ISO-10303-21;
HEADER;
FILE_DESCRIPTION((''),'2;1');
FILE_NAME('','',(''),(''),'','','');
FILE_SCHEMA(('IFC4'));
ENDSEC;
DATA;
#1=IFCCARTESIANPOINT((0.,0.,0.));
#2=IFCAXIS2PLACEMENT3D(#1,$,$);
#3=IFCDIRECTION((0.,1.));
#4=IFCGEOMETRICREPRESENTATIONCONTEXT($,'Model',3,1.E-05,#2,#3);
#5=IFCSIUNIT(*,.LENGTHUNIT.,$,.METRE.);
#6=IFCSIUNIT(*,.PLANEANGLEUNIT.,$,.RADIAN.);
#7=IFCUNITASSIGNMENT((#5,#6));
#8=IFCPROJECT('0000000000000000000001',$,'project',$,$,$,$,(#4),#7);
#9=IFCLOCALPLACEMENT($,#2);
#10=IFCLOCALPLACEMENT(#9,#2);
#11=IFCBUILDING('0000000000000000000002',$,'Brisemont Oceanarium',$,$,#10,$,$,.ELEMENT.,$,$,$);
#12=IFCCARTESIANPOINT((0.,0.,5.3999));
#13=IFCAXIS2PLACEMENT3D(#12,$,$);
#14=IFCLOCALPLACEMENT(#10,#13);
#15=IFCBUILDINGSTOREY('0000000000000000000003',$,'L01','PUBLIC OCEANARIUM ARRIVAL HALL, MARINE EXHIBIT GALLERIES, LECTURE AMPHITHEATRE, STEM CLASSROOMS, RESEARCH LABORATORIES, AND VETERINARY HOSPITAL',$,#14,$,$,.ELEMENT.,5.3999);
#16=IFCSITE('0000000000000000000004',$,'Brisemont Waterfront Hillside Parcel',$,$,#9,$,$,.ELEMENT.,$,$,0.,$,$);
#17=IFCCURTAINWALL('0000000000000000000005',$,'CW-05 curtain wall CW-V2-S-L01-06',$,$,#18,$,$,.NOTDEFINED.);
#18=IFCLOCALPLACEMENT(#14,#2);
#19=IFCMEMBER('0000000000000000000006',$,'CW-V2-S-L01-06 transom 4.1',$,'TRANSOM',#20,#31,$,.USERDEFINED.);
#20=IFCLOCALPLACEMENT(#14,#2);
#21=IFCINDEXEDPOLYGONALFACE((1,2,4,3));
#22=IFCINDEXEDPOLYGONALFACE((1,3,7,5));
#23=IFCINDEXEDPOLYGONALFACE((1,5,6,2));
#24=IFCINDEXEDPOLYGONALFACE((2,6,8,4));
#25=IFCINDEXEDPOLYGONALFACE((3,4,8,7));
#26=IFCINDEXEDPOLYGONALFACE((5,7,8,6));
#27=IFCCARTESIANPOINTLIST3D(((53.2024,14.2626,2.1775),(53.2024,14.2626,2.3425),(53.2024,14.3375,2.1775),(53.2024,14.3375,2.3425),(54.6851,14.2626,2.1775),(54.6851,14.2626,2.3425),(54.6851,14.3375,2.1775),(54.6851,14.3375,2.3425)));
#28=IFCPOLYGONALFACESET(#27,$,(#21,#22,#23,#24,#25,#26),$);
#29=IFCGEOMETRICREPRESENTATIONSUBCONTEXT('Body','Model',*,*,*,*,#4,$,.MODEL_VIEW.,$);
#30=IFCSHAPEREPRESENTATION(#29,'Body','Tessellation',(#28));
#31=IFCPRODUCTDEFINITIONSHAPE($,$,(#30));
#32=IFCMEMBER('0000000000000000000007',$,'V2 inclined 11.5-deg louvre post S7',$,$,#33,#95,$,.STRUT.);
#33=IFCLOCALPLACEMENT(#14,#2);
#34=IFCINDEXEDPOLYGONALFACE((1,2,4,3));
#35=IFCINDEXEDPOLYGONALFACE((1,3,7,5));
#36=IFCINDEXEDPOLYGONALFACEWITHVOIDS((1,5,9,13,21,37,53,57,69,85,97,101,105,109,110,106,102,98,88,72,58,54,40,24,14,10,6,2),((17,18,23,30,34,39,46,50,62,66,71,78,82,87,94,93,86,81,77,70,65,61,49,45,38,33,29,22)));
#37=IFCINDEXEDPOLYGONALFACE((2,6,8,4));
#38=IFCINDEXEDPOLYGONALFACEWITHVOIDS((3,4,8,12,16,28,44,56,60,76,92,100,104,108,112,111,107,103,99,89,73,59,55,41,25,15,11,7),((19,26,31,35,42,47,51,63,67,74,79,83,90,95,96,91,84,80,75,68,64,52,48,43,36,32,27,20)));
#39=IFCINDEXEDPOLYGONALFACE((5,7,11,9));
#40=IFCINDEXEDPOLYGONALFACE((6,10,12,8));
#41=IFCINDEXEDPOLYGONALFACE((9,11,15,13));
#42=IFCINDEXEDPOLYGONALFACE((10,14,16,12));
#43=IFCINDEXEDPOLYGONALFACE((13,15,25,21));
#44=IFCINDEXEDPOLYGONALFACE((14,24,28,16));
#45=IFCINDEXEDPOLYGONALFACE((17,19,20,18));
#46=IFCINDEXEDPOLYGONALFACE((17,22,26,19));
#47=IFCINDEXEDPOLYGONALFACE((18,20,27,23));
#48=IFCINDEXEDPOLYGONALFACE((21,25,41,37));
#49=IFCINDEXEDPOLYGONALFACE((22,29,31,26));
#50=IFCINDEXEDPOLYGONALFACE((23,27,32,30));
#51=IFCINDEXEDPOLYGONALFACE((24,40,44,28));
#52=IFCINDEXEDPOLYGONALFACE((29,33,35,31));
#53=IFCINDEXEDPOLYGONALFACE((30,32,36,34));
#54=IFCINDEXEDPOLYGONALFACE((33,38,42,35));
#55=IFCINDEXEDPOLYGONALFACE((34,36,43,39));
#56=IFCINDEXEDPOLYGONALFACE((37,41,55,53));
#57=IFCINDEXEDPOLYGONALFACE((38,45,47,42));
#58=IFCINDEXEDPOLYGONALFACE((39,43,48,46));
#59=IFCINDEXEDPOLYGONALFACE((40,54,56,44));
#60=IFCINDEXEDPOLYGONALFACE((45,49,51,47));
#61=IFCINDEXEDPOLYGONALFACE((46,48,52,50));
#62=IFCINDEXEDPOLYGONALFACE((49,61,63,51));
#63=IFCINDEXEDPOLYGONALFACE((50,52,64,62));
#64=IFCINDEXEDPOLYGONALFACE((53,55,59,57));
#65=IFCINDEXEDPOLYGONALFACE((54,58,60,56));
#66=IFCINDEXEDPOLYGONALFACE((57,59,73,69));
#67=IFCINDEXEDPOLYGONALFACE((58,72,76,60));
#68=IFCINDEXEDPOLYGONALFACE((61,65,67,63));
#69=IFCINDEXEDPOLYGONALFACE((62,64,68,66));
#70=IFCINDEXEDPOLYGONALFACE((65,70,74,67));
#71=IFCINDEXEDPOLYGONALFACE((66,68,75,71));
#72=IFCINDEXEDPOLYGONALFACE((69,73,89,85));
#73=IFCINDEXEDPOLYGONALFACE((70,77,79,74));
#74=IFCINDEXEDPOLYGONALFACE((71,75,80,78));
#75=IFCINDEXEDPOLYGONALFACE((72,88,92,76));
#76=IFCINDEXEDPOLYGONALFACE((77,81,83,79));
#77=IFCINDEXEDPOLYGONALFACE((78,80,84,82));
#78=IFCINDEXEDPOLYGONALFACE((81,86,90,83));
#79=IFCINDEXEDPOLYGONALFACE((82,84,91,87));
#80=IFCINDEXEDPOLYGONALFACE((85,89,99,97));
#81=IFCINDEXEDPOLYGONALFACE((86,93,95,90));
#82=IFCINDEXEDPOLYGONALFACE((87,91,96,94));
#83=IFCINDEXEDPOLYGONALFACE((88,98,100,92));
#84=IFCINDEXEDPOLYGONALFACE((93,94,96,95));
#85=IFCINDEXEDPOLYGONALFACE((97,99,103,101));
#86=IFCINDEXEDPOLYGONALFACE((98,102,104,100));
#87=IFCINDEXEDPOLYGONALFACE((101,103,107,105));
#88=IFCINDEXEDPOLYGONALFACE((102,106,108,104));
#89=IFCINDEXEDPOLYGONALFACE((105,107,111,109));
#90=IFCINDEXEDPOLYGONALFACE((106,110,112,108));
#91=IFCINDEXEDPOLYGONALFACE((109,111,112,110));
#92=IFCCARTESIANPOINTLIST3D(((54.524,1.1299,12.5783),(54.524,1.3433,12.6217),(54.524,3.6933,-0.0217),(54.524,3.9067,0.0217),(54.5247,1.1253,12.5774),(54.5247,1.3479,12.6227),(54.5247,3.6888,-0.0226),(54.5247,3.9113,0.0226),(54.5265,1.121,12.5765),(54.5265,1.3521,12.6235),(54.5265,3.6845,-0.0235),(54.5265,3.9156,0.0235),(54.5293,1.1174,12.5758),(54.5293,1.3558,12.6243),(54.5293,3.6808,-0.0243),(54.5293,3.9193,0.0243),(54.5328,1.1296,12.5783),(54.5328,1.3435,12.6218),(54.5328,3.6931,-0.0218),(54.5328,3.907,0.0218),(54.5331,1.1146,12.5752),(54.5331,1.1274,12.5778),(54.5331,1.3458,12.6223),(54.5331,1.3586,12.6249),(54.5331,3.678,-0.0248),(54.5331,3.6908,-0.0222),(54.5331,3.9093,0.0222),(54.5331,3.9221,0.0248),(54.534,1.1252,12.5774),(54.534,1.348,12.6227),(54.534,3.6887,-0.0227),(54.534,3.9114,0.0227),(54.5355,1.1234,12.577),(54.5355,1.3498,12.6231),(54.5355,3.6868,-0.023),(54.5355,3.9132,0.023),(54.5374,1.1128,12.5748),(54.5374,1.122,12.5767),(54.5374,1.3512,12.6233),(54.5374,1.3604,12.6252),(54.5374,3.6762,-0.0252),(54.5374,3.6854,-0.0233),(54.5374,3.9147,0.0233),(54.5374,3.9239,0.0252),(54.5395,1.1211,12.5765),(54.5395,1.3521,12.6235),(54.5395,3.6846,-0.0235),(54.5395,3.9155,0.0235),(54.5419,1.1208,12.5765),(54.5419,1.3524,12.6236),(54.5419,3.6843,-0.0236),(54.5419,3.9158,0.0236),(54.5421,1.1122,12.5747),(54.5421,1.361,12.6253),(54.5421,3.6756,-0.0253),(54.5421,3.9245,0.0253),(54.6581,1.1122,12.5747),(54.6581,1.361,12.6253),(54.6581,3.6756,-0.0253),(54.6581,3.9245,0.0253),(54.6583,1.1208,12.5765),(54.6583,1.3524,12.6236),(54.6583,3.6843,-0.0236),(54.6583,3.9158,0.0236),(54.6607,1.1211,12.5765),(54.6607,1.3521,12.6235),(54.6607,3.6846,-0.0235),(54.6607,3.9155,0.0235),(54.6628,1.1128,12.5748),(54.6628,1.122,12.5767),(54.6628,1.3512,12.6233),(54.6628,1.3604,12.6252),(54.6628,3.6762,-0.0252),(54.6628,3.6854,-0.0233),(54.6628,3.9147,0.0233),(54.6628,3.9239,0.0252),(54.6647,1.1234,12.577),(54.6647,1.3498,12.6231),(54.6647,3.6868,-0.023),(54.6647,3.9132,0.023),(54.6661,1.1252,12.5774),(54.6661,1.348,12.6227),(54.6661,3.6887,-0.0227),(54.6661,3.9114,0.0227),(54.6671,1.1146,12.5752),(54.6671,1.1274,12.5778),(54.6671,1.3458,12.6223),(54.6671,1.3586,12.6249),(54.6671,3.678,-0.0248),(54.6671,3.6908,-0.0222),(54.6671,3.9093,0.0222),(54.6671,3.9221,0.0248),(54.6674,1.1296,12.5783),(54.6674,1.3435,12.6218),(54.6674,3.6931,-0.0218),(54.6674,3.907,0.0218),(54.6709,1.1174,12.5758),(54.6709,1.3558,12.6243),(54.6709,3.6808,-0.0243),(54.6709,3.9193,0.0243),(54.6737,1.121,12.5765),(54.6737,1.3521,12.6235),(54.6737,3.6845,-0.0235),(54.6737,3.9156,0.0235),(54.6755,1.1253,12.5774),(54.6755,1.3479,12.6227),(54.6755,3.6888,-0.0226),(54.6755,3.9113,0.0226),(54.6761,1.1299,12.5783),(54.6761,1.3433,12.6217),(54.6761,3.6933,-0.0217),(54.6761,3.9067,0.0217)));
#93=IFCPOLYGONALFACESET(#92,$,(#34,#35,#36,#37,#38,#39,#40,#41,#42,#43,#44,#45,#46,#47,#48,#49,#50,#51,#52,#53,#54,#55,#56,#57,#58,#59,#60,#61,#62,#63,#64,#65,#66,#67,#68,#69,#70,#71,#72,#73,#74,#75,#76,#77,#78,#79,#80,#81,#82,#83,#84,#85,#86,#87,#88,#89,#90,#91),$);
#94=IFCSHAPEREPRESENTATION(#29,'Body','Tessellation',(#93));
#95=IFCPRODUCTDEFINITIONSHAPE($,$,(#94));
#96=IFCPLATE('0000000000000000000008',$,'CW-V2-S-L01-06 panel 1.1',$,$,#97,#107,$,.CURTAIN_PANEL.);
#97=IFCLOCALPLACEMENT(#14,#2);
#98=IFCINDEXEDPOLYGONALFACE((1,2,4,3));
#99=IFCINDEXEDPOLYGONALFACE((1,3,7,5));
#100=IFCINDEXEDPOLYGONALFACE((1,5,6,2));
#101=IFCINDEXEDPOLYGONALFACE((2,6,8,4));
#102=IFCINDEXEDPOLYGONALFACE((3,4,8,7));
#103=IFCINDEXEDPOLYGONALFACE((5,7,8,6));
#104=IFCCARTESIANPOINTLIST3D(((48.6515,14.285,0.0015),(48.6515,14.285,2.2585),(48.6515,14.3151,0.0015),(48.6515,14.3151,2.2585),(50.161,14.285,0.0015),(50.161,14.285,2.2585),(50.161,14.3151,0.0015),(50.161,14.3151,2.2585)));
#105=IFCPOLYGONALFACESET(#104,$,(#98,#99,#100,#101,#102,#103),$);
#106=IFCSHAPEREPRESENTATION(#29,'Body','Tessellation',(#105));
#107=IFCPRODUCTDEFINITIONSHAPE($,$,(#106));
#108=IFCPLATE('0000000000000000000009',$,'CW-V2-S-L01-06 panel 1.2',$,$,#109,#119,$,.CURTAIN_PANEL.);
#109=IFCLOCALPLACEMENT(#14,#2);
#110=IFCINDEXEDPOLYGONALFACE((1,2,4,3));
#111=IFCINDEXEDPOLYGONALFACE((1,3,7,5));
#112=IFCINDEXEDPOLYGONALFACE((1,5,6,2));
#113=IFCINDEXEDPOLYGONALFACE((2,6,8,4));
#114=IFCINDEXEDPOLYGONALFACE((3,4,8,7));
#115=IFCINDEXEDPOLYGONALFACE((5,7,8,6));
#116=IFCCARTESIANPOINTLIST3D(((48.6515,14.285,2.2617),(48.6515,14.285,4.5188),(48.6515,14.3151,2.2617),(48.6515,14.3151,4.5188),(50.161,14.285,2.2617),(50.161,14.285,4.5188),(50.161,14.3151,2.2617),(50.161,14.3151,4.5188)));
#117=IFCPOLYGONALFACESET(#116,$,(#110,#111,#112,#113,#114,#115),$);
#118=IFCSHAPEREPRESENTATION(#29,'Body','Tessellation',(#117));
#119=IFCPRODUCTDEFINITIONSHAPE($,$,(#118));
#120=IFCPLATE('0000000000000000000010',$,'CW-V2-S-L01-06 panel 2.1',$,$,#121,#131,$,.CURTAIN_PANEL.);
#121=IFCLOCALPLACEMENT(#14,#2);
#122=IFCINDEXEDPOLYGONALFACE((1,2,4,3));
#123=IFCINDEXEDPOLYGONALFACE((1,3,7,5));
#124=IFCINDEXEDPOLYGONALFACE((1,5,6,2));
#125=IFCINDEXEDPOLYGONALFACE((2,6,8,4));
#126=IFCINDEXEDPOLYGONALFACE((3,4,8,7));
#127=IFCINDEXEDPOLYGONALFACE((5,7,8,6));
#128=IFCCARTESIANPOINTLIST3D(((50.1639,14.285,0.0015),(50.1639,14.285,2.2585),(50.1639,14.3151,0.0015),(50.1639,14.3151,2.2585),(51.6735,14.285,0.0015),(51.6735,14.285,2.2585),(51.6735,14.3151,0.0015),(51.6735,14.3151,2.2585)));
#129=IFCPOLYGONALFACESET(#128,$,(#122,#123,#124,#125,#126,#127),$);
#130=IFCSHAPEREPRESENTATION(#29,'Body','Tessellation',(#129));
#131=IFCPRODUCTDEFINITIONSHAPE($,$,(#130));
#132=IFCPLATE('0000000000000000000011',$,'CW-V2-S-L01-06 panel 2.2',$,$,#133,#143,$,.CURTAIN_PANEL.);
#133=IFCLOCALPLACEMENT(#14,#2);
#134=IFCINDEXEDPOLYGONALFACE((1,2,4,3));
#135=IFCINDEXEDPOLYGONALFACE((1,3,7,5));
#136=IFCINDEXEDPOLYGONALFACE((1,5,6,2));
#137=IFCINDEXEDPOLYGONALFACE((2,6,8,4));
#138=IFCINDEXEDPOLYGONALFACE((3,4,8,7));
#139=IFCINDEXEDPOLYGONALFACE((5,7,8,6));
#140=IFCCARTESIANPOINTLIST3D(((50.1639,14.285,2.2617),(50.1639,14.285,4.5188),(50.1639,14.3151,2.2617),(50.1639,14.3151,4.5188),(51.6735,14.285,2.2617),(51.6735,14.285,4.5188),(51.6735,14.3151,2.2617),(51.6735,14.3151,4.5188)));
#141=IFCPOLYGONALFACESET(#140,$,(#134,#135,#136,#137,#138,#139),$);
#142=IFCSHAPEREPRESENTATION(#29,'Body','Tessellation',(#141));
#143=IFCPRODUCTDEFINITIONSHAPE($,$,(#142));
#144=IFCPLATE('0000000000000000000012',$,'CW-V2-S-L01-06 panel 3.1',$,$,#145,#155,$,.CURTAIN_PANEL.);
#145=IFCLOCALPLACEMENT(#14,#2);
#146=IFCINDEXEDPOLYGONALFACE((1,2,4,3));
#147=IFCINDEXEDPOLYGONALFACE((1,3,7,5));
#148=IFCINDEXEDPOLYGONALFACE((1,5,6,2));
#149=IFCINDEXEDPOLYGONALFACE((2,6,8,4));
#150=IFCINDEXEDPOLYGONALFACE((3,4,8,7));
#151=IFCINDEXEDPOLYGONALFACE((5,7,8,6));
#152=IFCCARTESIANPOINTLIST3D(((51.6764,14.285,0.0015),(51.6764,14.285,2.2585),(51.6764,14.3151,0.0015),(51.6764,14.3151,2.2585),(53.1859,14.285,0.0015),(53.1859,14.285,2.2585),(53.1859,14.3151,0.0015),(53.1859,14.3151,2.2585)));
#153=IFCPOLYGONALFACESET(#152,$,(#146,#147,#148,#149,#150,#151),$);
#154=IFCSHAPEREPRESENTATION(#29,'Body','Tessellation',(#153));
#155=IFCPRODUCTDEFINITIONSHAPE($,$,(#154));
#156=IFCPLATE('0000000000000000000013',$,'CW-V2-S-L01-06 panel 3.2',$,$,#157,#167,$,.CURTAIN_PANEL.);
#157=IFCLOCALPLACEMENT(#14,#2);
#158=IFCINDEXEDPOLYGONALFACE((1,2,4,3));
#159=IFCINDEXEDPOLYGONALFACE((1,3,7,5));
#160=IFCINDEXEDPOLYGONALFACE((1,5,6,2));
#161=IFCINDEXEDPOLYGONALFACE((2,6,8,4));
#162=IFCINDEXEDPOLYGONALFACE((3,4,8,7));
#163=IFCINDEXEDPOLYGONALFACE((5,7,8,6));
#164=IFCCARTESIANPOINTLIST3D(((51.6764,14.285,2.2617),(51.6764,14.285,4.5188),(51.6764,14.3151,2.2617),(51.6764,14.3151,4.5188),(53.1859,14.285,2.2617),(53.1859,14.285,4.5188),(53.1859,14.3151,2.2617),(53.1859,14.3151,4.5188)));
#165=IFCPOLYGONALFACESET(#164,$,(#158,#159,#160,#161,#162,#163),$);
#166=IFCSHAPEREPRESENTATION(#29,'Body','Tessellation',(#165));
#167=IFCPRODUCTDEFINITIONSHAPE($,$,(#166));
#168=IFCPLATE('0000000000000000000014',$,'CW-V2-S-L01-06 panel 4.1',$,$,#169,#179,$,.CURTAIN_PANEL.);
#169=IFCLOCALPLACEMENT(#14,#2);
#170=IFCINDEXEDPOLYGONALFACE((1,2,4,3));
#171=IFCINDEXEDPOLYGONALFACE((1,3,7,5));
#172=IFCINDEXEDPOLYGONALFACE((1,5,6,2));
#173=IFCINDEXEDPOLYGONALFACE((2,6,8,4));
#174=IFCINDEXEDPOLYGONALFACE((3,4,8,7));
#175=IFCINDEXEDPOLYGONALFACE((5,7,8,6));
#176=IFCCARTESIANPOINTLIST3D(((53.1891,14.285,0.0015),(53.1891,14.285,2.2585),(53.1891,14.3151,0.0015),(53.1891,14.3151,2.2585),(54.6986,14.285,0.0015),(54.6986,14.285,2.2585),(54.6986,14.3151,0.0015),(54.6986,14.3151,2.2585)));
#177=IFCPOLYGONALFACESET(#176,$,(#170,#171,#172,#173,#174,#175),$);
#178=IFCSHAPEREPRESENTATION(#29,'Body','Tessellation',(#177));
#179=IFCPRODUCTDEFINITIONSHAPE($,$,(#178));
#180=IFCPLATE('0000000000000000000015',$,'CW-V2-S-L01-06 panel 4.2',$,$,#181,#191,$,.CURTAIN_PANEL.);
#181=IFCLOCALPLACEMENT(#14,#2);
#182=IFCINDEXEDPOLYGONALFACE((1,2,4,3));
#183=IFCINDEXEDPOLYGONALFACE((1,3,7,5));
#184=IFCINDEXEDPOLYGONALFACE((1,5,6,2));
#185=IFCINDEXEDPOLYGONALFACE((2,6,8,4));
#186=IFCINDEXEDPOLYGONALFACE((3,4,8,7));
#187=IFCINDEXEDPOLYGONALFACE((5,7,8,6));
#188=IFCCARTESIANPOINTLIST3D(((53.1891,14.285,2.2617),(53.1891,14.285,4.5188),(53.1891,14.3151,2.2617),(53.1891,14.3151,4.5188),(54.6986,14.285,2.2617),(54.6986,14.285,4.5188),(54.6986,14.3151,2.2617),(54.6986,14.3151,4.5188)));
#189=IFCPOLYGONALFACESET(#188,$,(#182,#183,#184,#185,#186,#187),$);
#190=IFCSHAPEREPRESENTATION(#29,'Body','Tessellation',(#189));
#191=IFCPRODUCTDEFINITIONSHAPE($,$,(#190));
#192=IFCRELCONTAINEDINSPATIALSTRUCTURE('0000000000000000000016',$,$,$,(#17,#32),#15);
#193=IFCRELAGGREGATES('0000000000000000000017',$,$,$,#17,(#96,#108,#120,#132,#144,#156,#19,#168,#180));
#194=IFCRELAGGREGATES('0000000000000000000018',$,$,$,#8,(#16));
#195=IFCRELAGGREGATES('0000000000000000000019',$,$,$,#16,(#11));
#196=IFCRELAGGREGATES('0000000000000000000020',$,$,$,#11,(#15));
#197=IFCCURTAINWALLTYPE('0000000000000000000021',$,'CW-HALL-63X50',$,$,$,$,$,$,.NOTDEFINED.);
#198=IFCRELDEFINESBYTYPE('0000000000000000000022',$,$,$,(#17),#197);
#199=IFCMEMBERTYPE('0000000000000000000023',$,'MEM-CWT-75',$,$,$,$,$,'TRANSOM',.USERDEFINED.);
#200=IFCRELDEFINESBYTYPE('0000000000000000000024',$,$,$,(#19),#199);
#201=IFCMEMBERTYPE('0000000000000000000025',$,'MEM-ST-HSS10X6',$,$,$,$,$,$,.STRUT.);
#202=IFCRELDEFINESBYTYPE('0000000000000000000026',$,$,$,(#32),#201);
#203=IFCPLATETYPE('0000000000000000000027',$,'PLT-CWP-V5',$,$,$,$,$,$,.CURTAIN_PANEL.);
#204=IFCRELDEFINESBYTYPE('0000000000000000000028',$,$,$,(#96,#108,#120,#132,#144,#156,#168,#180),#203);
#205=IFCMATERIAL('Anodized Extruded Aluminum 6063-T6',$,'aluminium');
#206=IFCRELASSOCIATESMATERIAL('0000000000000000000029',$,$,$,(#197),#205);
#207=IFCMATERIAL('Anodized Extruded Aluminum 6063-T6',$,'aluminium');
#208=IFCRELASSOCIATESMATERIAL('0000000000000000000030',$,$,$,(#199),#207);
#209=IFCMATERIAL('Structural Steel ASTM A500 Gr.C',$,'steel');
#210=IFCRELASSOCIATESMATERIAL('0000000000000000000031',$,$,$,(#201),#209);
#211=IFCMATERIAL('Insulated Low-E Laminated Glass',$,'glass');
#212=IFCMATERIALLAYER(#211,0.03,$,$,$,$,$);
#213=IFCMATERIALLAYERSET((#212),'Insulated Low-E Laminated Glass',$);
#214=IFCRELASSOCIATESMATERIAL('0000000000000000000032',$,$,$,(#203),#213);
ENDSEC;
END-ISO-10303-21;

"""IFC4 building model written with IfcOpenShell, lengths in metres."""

from ifc_helpers import new_model, si_unit, direction, frame, origin, origin_2d, place, context, subcontext, project, spatial, rectangle, hollow_rectangle, extrude, material, layer, layer_set, material_profile, profile_set, type_object, element, aggregate, save


model = new_model("IFC4")

# Units and contexts
model_context = context("Model", 3, precision=1e-05, world=origin(), true_north=direction((0.0, 1.0)))
body_context = subcontext(model_context, "Body", "Model", "MODEL_VIEW")
ifc_project = project(units=[si_unit("LENGTHUNIT", "METRE"), si_unit("PLANEANGLEUNIT", "RADIAN")], contexts=[model_context])

# Site, building, storey
site_placement = place(None, origin())
site = spatial("IfcSite", under=ifc_project, at=site_placement, Name="Brisemont Waterfront Hillside Parcel", CompositionType="ELEMENT", RefElevation=0.0)
building_placement = place(site_placement, origin())
building = spatial("IfcBuilding", under=site, at=building_placement, Name="Brisemont Oceanarium", CompositionType="ELEMENT")
storey_placement = place(building_placement, frame((0.0, 0.0, 5.3999)))
storey = spatial("IfcBuildingStorey", under=building, at=storey_placement, Name="L01", Description="PUBLIC OCEANARIUM ARRIVAL HALL, MARINE EXHIBIT GALLERIES, LECTURE AMPHITHEATRE, STEM CLASSROOMS, RESEARCH LABORATORIES, AND VETERINARY HOSPITAL", CompositionType="ELEMENT", Elevation=5.3999)

# Curtain wall, member
ifc_material_1 = material(Name="Anodized Extruded Aluminum 6063-T6", Category="aluminium")
curtain_wall_type = type_object("IfcCurtainWallType", Name="CW-HALL-63X50", PredefinedType="NOTDEFINED", material=ifc_material_1)
curtain_wall_placement = place(storey_placement, origin())
curtain_wall = element("IfcCurtainWall", 1, at=curtain_wall_placement, inside=storey, type_object=curtain_wall_type, Name="CW-05 curtain wall CW-V2-S-L01-06", PredefinedType="NOTDEFINED")
ifc_material_2 = material(Name="Anodized Extruded Aluminum 6063-T6", Category="aluminium")
ifc_material_profile_1 = material_profile(ifc_material_2, rectangle(XDim=0.075, YDim=0.165, at=origin_2d()), Name="CWT-75X165")
ifc_profile_set_1 = profile_set([ifc_material_profile_1], Name="Anodized Extruded Aluminum 6063-T6")
member_type_1 = type_object("IfcMemberType", Name="MEM-CWT-75", ElementType="TRANSOM", PredefinedType="USERDEFINED", material=ifc_profile_set_1)
member_1_placement = place(storey_placement, frame((53.2024, 14.3, 2.26), z_axis=(1.0, 0.0, 0.0), x_axis=(0.0, 1.0, 0.0)))
member_1 = element("IfcMember", 2, at=member_1_placement, type_object=member_type_1, Name="CW-V2-S-L01-06 transom 4.1", ObjectType="TRANSOM", PredefinedType="USERDEFINED", context=body_context, shape_type="SweptSolid", body=[
    extrude(rectangle(XDim=0.075, YDim=0.165, at=origin_2d()), origin(), (0.0, 0.0, 1.0), 1.4827),
])

# Member
ifc_material_3 = material(Name="Structural Steel ASTM A500 Gr.C", Category="steel")
ifc_material_profile_2 = material_profile(ifc_material_3, hollow_rectangle(XDim=0.1521, YDim=0.2539, WallThickness=0.0088, InnerFilletRadius=0.009, OuterFilletRadius=0.0181, at=origin_2d()), Name="HSS10X6X3/8")
ifc_profile_set_2 = profile_set([ifc_material_profile_2], Name="Structural Steel ASTM A500 Gr.C")
member_type_2 = type_object("IfcMemberType", Name="MEM-ST-HSS10X6", PredefinedType="STRUT", material=ifc_profile_set_2)
member_2_placement = place(storey_placement, frame((54.6001, 3.8, 0.0), z_axis=(0.0, -0.199365, 0.979925), x_axis=(1.0, 0.0, 0.0)))
element("IfcMember", 3, at=member_2_placement, inside=storey, type_object=member_type_2, Name="V2 inclined 11.5-deg louvre post S7", PredefinedType="STRUT", context=body_context, shape_type="SweptSolid", body=[
    extrude(hollow_rectangle(XDim=0.1521, YDim=0.2539, WallThickness=0.0088, InnerFilletRadius=0.009, OuterFilletRadius=0.0181, at=origin_2d()), origin(), (0.0, 0.0, 1.0), 12.8582),
])

# Plates
ifc_material_4 = material(Name="Insulated Low-E Laminated Glass", Category="glass")
ifc_layer_1 = layer(ifc_material_4, 0.03)
ifc_layer_set_1 = layer_set([ifc_layer_1], Name="Insulated Low-E Laminated Glass")
plate_type = type_object("IfcPlateType", Name="PLT-CWP-V5", PredefinedType="CURTAIN_PANEL", material=ifc_layer_set_1)
plate_1_placement = place(storey_placement, frame((49.4062, 14.3, 0.0015), z_axis=(0.0, 0.0, 1.0), x_axis=(1.0, 0.0, 0.0)))
plate_1 = element("IfcPlate", 4, at=plate_1_placement, type_object=plate_type, Name="CW-V2-S-L01-06 panel 1.1", PredefinedType="CURTAIN_PANEL", context=body_context, shape_type="SweptSolid", body=[
    extrude(rectangle(XDim=1.5095, YDim=0.03, at=origin_2d()), origin(), (0.0, 0.0, 1.0), 2.2571),
])
plate_2_placement = place(storey_placement, frame((49.4062, 14.3, 2.2617), z_axis=(0.0, 0.0, 1.0), x_axis=(1.0, 0.0, 0.0)))
plate_2 = element("IfcPlate", 5, at=plate_2_placement, type_object=plate_type, Name="CW-V2-S-L01-06 panel 1.2", PredefinedType="CURTAIN_PANEL", context=body_context, shape_type="SweptSolid", body=[
    extrude(rectangle(XDim=1.5095, YDim=0.03, at=origin_2d()), origin(), (0.0, 0.0, 1.0), 2.2571),
])
plate_3_placement = place(storey_placement, frame((50.9187, 14.3, 0.0015), z_axis=(0.0, 0.0, 1.0), x_axis=(1.0, 0.0, 0.0)))
plate_3 = element("IfcPlate", 6, at=plate_3_placement, type_object=plate_type, Name="CW-V2-S-L01-06 panel 2.1", PredefinedType="CURTAIN_PANEL", context=body_context, shape_type="SweptSolid", body=[
    extrude(rectangle(XDim=1.5095, YDim=0.03, at=origin_2d()), origin(), (0.0, 0.0, 1.0), 2.2571),
])
plate_4_placement = place(storey_placement, frame((50.9187, 14.3, 2.2617), z_axis=(0.0, 0.0, 1.0), x_axis=(1.0, 0.0, 0.0)))
plate_4 = element("IfcPlate", 7, at=plate_4_placement, type_object=plate_type, Name="CW-V2-S-L01-06 panel 2.2", PredefinedType="CURTAIN_PANEL", context=body_context, shape_type="SweptSolid", body=[
    extrude(rectangle(XDim=1.5095, YDim=0.03, at=origin_2d()), origin(), (0.0, 0.0, 1.0), 2.2571),
])
plate_5_placement = place(storey_placement, frame((52.4312, 14.3, 0.0015), z_axis=(0.0, 0.0, 1.0), x_axis=(1.0, 0.0, 0.0)))
plate_5 = element("IfcPlate", 8, at=plate_5_placement, type_object=plate_type, Name="CW-V2-S-L01-06 panel 3.1", PredefinedType="CURTAIN_PANEL", context=body_context, shape_type="SweptSolid", body=[
    extrude(rectangle(XDim=1.5095, YDim=0.03, at=origin_2d()), origin(), (0.0, 0.0, 1.0), 2.2571),
])
plate_6_placement = place(storey_placement, frame((52.4312, 14.3, 2.2617), z_axis=(0.0, 0.0, 1.0), x_axis=(1.0, 0.0, 0.0)))
plate_6 = element("IfcPlate", 9, at=plate_6_placement, type_object=plate_type, Name="CW-V2-S-L01-06 panel 3.2", PredefinedType="CURTAIN_PANEL", context=body_context, shape_type="SweptSolid", body=[
    extrude(rectangle(XDim=1.5095, YDim=0.03, at=origin_2d()), origin(), (0.0, 0.0, 1.0), 2.2571),
])
plate_7_placement = place(storey_placement, frame((53.9438, 14.3, 0.0015), z_axis=(0.0, 0.0, 1.0), x_axis=(1.0, 0.0, 0.0)))
plate_7 = element("IfcPlate", 10, at=plate_7_placement, type_object=plate_type, Name="CW-V2-S-L01-06 panel 4.1", PredefinedType="CURTAIN_PANEL", context=body_context, shape_type="SweptSolid", body=[
    extrude(rectangle(XDim=1.5095, YDim=0.03, at=origin_2d()), origin(), (0.0, 0.0, 1.0), 2.2571),
])
plate_8_placement = place(storey_placement, frame((53.9438, 14.3, 2.2617), z_axis=(0.0, 0.0, 1.0), x_axis=(1.0, 0.0, 0.0)))
plate_8 = element("IfcPlate", 11, at=plate_8_placement, type_object=plate_type, Name="CW-V2-S-L01-06 panel 4.2", PredefinedType="CURTAIN_PANEL", context=body_context, shape_type="SweptSolid", body=[
    extrude(rectangle(XDim=1.5095, YDim=0.03, at=origin_2d()), origin(), (0.0, 0.0, 1.0), 2.2571),
])
aggregate(curtain_wall, [plate_1, plate_2, plate_3, plate_4, plate_5, plate_6, member_1, plate_7, plate_8])

save(model, "model.ifc")
